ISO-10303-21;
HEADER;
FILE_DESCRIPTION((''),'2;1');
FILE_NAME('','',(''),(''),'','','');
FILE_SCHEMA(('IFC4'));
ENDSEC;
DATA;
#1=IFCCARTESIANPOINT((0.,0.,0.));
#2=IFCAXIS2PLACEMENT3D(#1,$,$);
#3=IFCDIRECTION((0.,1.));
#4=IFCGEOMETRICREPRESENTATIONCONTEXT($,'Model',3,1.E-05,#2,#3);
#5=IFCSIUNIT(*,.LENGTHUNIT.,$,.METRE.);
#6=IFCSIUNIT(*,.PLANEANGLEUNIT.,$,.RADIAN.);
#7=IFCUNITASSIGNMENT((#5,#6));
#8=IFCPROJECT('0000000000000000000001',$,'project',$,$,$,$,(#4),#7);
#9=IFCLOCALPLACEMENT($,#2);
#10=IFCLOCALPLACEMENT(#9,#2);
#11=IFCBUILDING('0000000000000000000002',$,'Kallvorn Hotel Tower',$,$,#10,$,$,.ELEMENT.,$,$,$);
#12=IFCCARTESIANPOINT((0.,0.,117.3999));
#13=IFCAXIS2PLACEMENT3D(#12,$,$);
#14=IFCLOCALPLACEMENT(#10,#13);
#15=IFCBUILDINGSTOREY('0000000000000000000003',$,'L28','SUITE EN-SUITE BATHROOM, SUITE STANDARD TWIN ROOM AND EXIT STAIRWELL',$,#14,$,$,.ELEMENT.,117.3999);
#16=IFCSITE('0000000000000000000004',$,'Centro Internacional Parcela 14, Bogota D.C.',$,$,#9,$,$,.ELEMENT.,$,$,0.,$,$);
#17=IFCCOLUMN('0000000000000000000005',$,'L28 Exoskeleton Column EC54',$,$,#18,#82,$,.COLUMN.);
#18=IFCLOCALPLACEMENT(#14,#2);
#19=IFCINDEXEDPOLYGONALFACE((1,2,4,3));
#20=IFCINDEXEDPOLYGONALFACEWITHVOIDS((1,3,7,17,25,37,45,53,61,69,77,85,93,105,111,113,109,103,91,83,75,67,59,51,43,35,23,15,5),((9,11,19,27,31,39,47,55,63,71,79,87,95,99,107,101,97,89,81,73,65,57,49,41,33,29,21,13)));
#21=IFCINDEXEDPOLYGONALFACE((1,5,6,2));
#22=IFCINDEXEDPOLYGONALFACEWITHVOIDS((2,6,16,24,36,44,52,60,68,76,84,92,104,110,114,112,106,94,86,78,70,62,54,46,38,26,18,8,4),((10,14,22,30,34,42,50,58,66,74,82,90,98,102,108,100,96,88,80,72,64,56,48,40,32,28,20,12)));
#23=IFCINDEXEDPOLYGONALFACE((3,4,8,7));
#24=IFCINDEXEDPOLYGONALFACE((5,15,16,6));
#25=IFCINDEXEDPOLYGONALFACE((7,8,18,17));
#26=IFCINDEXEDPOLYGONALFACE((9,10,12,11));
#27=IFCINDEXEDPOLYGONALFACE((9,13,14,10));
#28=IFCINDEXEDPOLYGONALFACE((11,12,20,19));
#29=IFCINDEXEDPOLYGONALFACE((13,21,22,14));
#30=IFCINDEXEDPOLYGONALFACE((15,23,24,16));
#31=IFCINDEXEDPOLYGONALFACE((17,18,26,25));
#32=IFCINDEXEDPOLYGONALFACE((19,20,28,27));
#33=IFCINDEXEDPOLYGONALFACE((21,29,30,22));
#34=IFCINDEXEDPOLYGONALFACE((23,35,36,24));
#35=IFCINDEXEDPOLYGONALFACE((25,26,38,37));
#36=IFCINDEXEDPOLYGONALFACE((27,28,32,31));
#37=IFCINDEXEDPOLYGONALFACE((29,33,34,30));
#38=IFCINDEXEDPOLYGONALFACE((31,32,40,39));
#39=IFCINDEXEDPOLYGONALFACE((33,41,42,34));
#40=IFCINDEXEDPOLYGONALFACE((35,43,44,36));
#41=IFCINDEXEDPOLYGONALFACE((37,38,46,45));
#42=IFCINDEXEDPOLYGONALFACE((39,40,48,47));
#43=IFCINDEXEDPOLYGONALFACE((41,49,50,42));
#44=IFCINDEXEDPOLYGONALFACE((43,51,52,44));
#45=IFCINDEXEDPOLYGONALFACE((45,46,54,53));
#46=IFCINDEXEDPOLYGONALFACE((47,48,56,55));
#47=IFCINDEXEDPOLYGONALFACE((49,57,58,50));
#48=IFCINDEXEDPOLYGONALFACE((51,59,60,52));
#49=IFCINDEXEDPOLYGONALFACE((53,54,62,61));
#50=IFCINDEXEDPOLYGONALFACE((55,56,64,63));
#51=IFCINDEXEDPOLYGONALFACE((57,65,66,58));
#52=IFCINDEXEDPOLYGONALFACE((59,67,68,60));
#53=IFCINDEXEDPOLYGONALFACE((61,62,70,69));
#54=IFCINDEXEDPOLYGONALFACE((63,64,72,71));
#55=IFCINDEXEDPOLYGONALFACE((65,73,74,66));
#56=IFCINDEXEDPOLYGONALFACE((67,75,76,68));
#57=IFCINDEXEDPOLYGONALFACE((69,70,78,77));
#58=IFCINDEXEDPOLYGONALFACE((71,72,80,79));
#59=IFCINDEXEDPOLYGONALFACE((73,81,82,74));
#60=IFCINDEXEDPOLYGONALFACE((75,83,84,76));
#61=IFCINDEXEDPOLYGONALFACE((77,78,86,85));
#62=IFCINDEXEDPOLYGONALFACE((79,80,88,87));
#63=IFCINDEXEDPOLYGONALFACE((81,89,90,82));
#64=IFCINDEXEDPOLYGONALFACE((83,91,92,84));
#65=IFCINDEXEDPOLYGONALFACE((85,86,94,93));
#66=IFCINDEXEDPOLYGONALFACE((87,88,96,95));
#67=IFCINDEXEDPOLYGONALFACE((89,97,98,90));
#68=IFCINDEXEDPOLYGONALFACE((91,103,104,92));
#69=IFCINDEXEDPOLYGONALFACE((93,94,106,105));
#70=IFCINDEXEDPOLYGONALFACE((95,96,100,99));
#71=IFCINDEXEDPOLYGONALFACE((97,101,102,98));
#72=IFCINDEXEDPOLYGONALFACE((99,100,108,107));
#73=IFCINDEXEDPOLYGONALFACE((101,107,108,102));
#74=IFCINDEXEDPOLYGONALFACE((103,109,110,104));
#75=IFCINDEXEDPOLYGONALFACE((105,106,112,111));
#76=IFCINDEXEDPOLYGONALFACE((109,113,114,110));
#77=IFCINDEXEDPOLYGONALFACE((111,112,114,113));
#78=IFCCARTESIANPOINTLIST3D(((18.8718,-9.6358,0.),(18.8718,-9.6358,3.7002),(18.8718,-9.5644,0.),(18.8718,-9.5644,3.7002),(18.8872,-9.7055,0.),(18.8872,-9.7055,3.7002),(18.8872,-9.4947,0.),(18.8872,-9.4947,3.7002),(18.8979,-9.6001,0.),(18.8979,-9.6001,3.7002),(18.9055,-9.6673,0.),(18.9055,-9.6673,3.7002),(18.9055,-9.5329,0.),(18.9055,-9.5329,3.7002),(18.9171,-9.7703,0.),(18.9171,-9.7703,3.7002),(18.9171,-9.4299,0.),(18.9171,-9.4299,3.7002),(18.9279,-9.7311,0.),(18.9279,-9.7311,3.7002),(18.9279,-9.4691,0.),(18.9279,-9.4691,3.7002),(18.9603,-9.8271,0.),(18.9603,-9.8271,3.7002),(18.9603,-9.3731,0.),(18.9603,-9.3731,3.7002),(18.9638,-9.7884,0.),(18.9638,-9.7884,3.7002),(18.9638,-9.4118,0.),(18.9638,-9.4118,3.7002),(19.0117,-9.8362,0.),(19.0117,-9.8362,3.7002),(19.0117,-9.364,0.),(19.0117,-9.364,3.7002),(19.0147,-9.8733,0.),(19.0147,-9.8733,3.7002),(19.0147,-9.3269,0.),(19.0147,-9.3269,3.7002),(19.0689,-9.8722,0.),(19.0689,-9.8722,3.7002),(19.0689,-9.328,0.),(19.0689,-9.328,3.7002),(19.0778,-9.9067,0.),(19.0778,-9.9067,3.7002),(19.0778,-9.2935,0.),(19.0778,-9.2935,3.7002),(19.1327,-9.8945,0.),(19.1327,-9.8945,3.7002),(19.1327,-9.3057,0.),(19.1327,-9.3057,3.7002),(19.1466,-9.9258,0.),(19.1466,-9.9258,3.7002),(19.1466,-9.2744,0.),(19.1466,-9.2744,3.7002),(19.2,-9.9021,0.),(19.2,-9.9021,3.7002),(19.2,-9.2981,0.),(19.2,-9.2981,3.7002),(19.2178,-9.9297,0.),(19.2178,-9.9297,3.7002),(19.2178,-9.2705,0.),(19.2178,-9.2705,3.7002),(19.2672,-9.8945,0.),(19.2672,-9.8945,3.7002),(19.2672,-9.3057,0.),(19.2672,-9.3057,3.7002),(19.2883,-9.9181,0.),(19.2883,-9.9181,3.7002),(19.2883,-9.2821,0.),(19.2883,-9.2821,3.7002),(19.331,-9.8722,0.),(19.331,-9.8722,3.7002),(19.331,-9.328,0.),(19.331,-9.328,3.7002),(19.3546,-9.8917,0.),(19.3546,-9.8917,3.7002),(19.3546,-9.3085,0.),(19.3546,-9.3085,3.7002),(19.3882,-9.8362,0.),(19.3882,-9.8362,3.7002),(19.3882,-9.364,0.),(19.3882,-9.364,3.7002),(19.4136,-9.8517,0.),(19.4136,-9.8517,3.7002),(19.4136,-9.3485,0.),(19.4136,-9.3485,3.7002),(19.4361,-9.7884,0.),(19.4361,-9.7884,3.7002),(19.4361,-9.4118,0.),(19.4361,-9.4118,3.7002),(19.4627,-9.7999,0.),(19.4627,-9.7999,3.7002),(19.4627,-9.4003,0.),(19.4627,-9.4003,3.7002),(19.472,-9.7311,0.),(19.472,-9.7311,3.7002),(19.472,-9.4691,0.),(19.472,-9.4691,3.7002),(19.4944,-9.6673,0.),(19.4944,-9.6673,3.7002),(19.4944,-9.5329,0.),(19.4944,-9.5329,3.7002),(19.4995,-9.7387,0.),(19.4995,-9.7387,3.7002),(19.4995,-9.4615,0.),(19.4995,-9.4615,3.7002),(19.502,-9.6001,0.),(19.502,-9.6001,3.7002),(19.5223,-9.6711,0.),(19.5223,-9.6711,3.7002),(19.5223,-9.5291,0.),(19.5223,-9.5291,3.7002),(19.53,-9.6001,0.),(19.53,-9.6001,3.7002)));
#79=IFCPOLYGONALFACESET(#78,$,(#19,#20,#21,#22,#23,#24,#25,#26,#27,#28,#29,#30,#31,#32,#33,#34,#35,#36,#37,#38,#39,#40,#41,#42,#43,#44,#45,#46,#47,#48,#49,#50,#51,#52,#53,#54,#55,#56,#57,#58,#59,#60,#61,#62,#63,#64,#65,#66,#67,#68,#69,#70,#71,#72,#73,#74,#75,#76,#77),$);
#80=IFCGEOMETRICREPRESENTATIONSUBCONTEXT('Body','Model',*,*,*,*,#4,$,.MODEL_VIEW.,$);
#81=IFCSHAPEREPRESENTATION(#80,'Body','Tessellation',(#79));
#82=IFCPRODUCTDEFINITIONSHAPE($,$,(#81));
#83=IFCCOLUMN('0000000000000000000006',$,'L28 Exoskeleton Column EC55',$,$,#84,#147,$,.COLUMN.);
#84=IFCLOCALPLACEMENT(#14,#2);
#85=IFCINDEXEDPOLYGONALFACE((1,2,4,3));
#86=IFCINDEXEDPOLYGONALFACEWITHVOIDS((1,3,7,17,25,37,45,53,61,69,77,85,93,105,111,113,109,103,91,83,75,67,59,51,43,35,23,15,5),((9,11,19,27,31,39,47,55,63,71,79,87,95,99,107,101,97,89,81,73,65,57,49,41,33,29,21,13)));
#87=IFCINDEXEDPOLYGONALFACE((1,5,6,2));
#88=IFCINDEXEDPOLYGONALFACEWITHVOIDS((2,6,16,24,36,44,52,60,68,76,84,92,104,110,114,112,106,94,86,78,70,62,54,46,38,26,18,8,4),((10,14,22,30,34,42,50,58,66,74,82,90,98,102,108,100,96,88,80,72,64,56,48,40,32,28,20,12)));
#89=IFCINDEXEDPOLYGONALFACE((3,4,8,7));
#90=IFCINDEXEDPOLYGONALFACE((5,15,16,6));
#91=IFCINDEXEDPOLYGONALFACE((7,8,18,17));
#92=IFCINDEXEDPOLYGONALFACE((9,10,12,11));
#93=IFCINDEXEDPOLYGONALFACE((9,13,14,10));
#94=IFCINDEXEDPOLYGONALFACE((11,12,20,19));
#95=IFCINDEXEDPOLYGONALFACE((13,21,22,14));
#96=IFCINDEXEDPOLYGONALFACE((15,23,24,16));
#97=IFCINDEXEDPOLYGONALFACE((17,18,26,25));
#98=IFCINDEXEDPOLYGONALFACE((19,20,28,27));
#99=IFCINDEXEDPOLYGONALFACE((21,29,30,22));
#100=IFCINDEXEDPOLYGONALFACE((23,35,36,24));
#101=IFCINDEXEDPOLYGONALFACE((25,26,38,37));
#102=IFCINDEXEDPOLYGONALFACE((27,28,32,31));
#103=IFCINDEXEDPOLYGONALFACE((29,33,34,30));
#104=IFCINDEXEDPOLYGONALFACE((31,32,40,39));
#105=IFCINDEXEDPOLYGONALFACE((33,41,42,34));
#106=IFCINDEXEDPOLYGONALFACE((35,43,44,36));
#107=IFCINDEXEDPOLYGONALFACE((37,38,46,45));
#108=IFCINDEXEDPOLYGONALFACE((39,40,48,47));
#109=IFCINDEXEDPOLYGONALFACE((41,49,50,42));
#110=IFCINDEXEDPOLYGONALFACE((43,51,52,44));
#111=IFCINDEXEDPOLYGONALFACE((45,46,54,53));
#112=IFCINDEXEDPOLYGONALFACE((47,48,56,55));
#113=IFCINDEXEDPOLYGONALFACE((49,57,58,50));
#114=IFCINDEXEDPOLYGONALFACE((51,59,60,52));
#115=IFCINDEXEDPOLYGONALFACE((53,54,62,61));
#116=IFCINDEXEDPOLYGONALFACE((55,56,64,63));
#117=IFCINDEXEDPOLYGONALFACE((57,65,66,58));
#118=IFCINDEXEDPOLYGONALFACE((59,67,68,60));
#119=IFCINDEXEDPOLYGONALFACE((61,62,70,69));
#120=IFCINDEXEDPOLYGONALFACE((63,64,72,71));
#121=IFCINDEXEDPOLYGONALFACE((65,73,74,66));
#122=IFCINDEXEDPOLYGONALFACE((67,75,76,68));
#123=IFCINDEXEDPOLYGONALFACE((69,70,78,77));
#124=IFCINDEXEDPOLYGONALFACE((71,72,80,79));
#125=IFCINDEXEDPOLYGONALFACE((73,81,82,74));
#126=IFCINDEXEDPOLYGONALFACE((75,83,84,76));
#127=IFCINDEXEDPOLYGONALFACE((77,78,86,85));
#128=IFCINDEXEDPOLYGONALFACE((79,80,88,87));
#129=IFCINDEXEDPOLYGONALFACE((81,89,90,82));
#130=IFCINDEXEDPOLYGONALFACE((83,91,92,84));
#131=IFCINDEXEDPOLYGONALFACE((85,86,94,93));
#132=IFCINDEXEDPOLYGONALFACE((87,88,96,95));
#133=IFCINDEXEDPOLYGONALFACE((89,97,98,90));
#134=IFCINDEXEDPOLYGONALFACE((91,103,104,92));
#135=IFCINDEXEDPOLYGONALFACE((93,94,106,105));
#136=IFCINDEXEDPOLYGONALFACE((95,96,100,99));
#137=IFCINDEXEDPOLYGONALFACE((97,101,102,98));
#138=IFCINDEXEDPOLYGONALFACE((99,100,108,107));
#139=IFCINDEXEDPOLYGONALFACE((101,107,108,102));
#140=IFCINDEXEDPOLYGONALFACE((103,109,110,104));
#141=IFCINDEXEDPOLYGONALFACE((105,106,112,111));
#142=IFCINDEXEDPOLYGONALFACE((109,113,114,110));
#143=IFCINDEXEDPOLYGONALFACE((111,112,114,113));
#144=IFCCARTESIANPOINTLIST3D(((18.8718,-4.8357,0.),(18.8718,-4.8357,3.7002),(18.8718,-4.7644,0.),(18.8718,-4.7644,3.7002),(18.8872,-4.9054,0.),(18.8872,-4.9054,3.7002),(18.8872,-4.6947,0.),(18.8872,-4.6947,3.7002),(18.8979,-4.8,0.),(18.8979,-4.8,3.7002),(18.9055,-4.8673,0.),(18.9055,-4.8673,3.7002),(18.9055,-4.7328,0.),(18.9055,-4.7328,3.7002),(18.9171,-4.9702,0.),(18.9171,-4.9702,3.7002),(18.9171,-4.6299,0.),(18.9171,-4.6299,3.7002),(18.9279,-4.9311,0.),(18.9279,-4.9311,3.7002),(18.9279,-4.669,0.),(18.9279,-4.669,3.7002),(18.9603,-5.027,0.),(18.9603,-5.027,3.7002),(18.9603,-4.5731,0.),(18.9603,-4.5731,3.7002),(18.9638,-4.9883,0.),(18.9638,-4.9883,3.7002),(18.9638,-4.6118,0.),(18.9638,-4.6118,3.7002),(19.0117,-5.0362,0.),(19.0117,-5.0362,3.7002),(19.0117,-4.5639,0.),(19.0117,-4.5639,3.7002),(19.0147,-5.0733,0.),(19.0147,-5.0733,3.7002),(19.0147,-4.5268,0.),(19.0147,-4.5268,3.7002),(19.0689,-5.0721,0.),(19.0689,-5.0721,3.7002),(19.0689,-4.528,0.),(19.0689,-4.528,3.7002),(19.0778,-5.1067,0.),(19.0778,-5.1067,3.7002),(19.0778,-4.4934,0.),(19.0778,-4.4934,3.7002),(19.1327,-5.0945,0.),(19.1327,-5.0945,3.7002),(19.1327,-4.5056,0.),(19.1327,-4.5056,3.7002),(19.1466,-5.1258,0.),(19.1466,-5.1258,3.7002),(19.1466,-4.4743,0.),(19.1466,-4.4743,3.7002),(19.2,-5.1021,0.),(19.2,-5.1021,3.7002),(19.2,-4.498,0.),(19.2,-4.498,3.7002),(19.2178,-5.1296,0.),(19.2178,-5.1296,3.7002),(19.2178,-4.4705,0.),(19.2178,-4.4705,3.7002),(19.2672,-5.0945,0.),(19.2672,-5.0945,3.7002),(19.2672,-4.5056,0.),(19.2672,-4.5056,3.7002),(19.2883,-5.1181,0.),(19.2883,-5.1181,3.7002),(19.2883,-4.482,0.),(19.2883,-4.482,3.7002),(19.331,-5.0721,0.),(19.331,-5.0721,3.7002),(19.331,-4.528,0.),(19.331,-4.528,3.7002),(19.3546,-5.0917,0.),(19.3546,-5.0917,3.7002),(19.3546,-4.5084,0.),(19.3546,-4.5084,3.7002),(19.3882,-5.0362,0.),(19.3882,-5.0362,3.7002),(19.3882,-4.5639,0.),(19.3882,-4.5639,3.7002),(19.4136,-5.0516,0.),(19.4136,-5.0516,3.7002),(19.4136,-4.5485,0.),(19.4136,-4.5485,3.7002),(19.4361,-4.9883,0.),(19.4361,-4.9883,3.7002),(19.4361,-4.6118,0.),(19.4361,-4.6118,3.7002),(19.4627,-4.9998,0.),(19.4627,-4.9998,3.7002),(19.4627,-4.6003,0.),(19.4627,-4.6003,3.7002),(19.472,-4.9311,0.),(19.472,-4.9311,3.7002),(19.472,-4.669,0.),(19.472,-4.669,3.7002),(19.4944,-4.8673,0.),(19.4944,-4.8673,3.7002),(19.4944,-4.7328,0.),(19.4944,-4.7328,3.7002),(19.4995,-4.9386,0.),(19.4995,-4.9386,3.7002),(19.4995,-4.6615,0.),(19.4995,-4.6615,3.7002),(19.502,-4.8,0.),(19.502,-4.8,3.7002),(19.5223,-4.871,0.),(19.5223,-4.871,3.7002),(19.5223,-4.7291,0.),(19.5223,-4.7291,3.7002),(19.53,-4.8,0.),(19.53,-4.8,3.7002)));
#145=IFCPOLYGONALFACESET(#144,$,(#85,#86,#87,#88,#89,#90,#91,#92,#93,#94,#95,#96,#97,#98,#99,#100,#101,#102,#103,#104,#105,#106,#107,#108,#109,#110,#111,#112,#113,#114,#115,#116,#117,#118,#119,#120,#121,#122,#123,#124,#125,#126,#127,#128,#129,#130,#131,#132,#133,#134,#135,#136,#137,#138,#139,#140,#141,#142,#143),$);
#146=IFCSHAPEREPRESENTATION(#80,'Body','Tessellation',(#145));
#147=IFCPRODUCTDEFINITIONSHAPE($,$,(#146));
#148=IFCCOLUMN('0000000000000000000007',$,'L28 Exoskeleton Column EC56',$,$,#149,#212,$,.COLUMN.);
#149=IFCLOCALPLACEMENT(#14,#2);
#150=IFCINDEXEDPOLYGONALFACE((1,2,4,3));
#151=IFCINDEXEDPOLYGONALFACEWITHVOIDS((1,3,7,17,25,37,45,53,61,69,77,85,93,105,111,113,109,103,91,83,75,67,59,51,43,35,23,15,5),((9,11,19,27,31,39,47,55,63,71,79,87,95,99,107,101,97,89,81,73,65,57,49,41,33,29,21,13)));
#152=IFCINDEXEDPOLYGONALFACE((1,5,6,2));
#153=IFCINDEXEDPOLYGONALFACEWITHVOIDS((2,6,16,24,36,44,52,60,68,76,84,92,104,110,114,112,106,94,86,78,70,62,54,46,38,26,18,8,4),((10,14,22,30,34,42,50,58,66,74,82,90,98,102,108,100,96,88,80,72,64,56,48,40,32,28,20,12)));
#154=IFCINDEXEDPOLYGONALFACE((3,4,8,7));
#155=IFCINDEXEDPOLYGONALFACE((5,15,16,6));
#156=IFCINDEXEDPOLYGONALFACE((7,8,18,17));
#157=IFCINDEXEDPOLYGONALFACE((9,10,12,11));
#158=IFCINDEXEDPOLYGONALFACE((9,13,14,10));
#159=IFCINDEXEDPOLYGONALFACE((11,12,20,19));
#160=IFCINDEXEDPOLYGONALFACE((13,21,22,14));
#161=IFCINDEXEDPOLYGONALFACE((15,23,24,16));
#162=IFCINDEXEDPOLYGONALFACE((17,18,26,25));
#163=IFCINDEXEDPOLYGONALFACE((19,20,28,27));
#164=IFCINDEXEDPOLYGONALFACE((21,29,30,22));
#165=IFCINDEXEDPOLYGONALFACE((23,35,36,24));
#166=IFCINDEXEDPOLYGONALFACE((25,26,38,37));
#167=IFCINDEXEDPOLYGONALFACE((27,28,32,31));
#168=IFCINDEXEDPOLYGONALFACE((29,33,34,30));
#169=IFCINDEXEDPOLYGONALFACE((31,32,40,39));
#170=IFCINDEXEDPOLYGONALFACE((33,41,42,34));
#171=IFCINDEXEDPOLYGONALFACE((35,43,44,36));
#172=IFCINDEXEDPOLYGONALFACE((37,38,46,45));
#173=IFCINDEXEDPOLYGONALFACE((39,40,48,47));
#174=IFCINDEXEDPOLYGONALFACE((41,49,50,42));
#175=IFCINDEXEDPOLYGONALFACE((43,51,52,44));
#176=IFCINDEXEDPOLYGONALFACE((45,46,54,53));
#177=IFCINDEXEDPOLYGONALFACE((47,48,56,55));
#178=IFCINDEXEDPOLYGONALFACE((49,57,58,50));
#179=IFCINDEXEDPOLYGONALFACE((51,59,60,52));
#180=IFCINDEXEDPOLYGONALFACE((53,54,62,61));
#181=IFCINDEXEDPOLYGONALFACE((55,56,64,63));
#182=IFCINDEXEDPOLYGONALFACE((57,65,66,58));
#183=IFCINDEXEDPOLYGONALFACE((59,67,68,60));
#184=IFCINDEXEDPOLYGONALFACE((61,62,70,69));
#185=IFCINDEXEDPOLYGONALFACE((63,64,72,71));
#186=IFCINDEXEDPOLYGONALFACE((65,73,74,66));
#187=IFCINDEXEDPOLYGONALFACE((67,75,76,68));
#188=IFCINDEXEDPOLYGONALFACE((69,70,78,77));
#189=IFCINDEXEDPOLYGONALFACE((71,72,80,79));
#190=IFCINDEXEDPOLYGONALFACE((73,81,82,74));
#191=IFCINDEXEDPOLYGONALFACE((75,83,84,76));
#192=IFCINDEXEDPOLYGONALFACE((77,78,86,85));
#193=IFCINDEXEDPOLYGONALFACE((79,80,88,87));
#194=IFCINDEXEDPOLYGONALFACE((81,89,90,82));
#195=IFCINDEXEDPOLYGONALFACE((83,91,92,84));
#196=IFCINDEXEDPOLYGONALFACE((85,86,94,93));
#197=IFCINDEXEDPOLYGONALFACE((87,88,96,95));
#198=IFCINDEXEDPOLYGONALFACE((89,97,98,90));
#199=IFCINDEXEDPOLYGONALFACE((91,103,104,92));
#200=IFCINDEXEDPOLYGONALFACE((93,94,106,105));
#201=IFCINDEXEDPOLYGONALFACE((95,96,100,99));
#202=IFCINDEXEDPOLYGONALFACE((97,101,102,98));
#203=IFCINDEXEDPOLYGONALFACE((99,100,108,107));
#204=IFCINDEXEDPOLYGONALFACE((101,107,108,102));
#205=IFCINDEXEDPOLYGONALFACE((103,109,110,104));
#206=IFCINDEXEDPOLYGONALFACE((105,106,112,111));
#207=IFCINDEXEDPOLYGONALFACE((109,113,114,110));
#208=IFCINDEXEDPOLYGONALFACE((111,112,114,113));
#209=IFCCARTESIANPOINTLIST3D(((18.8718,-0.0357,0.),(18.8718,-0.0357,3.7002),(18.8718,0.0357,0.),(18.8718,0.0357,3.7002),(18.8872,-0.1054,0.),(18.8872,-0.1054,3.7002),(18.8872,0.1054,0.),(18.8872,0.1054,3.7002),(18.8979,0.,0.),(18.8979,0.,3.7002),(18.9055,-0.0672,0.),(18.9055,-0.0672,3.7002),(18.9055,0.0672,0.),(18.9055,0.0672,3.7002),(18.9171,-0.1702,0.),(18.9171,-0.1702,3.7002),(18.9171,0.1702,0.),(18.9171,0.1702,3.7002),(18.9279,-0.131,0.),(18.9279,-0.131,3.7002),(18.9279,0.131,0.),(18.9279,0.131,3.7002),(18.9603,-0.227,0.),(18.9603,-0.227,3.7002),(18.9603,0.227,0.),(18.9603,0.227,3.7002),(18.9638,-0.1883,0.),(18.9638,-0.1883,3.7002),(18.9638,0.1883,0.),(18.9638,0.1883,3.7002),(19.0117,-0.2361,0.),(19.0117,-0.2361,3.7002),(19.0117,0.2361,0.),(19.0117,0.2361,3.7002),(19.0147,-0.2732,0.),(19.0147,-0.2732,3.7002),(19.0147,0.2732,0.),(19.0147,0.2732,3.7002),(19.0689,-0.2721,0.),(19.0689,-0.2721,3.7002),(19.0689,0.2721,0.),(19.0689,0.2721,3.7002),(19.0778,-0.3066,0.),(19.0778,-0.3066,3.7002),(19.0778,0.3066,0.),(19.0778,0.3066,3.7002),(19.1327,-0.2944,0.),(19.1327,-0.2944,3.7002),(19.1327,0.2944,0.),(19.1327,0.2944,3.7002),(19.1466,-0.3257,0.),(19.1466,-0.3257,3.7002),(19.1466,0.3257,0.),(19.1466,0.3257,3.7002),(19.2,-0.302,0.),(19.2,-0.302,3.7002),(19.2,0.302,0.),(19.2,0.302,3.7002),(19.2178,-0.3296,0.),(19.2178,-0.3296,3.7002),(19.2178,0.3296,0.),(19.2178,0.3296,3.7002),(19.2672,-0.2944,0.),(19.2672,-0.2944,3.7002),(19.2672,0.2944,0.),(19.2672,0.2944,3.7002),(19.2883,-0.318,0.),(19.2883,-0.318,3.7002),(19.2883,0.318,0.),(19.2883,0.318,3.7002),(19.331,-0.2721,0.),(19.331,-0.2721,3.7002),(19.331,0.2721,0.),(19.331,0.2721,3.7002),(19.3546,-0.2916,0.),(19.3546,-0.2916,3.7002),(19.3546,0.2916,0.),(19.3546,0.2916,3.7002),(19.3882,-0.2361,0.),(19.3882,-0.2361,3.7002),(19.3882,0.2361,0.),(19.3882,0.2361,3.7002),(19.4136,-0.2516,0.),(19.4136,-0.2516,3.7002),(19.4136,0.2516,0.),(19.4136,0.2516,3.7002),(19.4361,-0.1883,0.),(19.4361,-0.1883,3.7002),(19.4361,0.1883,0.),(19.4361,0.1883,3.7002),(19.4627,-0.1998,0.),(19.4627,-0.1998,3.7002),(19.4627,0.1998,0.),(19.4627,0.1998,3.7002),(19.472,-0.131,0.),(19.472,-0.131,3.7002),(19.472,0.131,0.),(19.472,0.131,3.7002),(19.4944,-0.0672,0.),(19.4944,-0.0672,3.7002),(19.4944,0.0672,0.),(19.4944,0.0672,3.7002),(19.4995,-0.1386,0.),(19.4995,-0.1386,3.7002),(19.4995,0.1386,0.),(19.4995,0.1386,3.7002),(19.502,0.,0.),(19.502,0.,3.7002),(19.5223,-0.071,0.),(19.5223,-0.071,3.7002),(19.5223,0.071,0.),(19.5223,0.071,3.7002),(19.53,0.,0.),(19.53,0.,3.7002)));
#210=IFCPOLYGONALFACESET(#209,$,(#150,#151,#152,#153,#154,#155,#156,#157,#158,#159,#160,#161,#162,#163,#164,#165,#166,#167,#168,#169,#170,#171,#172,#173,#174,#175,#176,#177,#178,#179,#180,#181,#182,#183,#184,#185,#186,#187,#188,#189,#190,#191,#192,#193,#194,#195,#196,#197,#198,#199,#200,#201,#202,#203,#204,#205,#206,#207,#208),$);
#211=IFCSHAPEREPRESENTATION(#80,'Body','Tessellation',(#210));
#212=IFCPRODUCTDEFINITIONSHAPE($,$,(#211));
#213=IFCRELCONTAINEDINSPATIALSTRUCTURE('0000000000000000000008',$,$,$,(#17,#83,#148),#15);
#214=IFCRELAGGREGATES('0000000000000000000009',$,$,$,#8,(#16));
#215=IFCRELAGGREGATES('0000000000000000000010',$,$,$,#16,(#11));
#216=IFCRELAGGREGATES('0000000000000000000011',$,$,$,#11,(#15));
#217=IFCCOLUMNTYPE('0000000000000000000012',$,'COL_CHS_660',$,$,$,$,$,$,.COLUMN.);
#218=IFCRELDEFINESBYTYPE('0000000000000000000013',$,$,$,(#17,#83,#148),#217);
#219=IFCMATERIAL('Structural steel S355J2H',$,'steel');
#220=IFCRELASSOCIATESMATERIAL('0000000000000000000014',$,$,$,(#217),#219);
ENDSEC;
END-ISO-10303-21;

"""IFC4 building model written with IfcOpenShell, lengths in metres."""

from ifc_helpers import new_model, si_unit, direction, frame, origin, origin_2d, place, context, subcontext, project, spatial, hollow_circle, extrude, material, material_profile, profile_set, type_object, element, save


model = new_model("IFC4")

# Units and contexts
model_context = context("Model", 3, precision=1e-05, world=origin(), true_north=direction((0.0, 1.0)))
body_context = subcontext(model_context, "Body", "Model", "MODEL_VIEW")
ifc_project = project(units=[si_unit("LENGTHUNIT", "METRE"), si_unit("PLANEANGLEUNIT", "RADIAN")], contexts=[model_context])

# Site, building, storey
site_placement = place(None, origin())
site = spatial("IfcSite", under=ifc_project, at=site_placement, Name="Centro Internacional Parcela 14, Bogota D.C.", CompositionType="ELEMENT", RefElevation=0.0)
building_placement = place(site_placement, origin())
building = spatial("IfcBuilding", under=site, at=building_placement, Name="Kallvorn Hotel Tower", CompositionType="ELEMENT")
storey_placement = place(building_placement, frame((0.0, 0.0, 117.3999)))
storey = spatial("IfcBuildingStorey", under=building, at=storey_placement, Name="L28", Description="SUITE EN-SUITE BATHROOM, SUITE STANDARD TWIN ROOM AND EXIT STAIRWELL", CompositionType="ELEMENT", Elevation=117.3999)

# Columns
ifc_material_1 = material(Name="Structural steel S355J2H", Category="steel")
ifc_material_profile_1 = material_profile(ifc_material_1, hollow_circle(Radius=0.3301, WallThickness=0.0281, at=origin_2d()), Name="CHS 660x28")
ifc_profile_set_1 = profile_set([ifc_material_profile_1], Name="Structural steel S355J2H")
column_type_1 = type_object("IfcColumnType", Name="COL_CHS_660", PredefinedType="COLUMN", material=ifc_profile_set_1)
for number, where, z_axis, x_axis, name in (
    (1, (19.2, -9.6001, 0.0), (0.0, 0.0, 1.0), (1.0, 0.0, 0.0), "L28 Exoskeleton Column EC54"),
    (2, (19.2, -4.8, 0.0), (0.0, 0.0, 1.0), (1.0, 0.0, 0.0), "L28 Exoskeleton Column EC55"),
    (3, (19.2, 0.0, 0.0), (0.0, 0.0, 1.0), (1.0, 0.0, 0.0), "L28 Exoskeleton Column EC56"),
):
    element("IfcColumn", number, at=place(storey_placement, frame(where, z_axis=z_axis, x_axis=x_axis)), inside=storey, type_object=column_type_1, Name=name, PredefinedType="COLUMN", context=body_context, shape_type="SweptSolid", body=[
        extrude(hollow_circle(Radius=0.3301, WallThickness=0.0281, at=origin_2d()), origin(), (0.0, 0.0, 1.0), 3.7002),
    ])

save(model, "model.ifc")
